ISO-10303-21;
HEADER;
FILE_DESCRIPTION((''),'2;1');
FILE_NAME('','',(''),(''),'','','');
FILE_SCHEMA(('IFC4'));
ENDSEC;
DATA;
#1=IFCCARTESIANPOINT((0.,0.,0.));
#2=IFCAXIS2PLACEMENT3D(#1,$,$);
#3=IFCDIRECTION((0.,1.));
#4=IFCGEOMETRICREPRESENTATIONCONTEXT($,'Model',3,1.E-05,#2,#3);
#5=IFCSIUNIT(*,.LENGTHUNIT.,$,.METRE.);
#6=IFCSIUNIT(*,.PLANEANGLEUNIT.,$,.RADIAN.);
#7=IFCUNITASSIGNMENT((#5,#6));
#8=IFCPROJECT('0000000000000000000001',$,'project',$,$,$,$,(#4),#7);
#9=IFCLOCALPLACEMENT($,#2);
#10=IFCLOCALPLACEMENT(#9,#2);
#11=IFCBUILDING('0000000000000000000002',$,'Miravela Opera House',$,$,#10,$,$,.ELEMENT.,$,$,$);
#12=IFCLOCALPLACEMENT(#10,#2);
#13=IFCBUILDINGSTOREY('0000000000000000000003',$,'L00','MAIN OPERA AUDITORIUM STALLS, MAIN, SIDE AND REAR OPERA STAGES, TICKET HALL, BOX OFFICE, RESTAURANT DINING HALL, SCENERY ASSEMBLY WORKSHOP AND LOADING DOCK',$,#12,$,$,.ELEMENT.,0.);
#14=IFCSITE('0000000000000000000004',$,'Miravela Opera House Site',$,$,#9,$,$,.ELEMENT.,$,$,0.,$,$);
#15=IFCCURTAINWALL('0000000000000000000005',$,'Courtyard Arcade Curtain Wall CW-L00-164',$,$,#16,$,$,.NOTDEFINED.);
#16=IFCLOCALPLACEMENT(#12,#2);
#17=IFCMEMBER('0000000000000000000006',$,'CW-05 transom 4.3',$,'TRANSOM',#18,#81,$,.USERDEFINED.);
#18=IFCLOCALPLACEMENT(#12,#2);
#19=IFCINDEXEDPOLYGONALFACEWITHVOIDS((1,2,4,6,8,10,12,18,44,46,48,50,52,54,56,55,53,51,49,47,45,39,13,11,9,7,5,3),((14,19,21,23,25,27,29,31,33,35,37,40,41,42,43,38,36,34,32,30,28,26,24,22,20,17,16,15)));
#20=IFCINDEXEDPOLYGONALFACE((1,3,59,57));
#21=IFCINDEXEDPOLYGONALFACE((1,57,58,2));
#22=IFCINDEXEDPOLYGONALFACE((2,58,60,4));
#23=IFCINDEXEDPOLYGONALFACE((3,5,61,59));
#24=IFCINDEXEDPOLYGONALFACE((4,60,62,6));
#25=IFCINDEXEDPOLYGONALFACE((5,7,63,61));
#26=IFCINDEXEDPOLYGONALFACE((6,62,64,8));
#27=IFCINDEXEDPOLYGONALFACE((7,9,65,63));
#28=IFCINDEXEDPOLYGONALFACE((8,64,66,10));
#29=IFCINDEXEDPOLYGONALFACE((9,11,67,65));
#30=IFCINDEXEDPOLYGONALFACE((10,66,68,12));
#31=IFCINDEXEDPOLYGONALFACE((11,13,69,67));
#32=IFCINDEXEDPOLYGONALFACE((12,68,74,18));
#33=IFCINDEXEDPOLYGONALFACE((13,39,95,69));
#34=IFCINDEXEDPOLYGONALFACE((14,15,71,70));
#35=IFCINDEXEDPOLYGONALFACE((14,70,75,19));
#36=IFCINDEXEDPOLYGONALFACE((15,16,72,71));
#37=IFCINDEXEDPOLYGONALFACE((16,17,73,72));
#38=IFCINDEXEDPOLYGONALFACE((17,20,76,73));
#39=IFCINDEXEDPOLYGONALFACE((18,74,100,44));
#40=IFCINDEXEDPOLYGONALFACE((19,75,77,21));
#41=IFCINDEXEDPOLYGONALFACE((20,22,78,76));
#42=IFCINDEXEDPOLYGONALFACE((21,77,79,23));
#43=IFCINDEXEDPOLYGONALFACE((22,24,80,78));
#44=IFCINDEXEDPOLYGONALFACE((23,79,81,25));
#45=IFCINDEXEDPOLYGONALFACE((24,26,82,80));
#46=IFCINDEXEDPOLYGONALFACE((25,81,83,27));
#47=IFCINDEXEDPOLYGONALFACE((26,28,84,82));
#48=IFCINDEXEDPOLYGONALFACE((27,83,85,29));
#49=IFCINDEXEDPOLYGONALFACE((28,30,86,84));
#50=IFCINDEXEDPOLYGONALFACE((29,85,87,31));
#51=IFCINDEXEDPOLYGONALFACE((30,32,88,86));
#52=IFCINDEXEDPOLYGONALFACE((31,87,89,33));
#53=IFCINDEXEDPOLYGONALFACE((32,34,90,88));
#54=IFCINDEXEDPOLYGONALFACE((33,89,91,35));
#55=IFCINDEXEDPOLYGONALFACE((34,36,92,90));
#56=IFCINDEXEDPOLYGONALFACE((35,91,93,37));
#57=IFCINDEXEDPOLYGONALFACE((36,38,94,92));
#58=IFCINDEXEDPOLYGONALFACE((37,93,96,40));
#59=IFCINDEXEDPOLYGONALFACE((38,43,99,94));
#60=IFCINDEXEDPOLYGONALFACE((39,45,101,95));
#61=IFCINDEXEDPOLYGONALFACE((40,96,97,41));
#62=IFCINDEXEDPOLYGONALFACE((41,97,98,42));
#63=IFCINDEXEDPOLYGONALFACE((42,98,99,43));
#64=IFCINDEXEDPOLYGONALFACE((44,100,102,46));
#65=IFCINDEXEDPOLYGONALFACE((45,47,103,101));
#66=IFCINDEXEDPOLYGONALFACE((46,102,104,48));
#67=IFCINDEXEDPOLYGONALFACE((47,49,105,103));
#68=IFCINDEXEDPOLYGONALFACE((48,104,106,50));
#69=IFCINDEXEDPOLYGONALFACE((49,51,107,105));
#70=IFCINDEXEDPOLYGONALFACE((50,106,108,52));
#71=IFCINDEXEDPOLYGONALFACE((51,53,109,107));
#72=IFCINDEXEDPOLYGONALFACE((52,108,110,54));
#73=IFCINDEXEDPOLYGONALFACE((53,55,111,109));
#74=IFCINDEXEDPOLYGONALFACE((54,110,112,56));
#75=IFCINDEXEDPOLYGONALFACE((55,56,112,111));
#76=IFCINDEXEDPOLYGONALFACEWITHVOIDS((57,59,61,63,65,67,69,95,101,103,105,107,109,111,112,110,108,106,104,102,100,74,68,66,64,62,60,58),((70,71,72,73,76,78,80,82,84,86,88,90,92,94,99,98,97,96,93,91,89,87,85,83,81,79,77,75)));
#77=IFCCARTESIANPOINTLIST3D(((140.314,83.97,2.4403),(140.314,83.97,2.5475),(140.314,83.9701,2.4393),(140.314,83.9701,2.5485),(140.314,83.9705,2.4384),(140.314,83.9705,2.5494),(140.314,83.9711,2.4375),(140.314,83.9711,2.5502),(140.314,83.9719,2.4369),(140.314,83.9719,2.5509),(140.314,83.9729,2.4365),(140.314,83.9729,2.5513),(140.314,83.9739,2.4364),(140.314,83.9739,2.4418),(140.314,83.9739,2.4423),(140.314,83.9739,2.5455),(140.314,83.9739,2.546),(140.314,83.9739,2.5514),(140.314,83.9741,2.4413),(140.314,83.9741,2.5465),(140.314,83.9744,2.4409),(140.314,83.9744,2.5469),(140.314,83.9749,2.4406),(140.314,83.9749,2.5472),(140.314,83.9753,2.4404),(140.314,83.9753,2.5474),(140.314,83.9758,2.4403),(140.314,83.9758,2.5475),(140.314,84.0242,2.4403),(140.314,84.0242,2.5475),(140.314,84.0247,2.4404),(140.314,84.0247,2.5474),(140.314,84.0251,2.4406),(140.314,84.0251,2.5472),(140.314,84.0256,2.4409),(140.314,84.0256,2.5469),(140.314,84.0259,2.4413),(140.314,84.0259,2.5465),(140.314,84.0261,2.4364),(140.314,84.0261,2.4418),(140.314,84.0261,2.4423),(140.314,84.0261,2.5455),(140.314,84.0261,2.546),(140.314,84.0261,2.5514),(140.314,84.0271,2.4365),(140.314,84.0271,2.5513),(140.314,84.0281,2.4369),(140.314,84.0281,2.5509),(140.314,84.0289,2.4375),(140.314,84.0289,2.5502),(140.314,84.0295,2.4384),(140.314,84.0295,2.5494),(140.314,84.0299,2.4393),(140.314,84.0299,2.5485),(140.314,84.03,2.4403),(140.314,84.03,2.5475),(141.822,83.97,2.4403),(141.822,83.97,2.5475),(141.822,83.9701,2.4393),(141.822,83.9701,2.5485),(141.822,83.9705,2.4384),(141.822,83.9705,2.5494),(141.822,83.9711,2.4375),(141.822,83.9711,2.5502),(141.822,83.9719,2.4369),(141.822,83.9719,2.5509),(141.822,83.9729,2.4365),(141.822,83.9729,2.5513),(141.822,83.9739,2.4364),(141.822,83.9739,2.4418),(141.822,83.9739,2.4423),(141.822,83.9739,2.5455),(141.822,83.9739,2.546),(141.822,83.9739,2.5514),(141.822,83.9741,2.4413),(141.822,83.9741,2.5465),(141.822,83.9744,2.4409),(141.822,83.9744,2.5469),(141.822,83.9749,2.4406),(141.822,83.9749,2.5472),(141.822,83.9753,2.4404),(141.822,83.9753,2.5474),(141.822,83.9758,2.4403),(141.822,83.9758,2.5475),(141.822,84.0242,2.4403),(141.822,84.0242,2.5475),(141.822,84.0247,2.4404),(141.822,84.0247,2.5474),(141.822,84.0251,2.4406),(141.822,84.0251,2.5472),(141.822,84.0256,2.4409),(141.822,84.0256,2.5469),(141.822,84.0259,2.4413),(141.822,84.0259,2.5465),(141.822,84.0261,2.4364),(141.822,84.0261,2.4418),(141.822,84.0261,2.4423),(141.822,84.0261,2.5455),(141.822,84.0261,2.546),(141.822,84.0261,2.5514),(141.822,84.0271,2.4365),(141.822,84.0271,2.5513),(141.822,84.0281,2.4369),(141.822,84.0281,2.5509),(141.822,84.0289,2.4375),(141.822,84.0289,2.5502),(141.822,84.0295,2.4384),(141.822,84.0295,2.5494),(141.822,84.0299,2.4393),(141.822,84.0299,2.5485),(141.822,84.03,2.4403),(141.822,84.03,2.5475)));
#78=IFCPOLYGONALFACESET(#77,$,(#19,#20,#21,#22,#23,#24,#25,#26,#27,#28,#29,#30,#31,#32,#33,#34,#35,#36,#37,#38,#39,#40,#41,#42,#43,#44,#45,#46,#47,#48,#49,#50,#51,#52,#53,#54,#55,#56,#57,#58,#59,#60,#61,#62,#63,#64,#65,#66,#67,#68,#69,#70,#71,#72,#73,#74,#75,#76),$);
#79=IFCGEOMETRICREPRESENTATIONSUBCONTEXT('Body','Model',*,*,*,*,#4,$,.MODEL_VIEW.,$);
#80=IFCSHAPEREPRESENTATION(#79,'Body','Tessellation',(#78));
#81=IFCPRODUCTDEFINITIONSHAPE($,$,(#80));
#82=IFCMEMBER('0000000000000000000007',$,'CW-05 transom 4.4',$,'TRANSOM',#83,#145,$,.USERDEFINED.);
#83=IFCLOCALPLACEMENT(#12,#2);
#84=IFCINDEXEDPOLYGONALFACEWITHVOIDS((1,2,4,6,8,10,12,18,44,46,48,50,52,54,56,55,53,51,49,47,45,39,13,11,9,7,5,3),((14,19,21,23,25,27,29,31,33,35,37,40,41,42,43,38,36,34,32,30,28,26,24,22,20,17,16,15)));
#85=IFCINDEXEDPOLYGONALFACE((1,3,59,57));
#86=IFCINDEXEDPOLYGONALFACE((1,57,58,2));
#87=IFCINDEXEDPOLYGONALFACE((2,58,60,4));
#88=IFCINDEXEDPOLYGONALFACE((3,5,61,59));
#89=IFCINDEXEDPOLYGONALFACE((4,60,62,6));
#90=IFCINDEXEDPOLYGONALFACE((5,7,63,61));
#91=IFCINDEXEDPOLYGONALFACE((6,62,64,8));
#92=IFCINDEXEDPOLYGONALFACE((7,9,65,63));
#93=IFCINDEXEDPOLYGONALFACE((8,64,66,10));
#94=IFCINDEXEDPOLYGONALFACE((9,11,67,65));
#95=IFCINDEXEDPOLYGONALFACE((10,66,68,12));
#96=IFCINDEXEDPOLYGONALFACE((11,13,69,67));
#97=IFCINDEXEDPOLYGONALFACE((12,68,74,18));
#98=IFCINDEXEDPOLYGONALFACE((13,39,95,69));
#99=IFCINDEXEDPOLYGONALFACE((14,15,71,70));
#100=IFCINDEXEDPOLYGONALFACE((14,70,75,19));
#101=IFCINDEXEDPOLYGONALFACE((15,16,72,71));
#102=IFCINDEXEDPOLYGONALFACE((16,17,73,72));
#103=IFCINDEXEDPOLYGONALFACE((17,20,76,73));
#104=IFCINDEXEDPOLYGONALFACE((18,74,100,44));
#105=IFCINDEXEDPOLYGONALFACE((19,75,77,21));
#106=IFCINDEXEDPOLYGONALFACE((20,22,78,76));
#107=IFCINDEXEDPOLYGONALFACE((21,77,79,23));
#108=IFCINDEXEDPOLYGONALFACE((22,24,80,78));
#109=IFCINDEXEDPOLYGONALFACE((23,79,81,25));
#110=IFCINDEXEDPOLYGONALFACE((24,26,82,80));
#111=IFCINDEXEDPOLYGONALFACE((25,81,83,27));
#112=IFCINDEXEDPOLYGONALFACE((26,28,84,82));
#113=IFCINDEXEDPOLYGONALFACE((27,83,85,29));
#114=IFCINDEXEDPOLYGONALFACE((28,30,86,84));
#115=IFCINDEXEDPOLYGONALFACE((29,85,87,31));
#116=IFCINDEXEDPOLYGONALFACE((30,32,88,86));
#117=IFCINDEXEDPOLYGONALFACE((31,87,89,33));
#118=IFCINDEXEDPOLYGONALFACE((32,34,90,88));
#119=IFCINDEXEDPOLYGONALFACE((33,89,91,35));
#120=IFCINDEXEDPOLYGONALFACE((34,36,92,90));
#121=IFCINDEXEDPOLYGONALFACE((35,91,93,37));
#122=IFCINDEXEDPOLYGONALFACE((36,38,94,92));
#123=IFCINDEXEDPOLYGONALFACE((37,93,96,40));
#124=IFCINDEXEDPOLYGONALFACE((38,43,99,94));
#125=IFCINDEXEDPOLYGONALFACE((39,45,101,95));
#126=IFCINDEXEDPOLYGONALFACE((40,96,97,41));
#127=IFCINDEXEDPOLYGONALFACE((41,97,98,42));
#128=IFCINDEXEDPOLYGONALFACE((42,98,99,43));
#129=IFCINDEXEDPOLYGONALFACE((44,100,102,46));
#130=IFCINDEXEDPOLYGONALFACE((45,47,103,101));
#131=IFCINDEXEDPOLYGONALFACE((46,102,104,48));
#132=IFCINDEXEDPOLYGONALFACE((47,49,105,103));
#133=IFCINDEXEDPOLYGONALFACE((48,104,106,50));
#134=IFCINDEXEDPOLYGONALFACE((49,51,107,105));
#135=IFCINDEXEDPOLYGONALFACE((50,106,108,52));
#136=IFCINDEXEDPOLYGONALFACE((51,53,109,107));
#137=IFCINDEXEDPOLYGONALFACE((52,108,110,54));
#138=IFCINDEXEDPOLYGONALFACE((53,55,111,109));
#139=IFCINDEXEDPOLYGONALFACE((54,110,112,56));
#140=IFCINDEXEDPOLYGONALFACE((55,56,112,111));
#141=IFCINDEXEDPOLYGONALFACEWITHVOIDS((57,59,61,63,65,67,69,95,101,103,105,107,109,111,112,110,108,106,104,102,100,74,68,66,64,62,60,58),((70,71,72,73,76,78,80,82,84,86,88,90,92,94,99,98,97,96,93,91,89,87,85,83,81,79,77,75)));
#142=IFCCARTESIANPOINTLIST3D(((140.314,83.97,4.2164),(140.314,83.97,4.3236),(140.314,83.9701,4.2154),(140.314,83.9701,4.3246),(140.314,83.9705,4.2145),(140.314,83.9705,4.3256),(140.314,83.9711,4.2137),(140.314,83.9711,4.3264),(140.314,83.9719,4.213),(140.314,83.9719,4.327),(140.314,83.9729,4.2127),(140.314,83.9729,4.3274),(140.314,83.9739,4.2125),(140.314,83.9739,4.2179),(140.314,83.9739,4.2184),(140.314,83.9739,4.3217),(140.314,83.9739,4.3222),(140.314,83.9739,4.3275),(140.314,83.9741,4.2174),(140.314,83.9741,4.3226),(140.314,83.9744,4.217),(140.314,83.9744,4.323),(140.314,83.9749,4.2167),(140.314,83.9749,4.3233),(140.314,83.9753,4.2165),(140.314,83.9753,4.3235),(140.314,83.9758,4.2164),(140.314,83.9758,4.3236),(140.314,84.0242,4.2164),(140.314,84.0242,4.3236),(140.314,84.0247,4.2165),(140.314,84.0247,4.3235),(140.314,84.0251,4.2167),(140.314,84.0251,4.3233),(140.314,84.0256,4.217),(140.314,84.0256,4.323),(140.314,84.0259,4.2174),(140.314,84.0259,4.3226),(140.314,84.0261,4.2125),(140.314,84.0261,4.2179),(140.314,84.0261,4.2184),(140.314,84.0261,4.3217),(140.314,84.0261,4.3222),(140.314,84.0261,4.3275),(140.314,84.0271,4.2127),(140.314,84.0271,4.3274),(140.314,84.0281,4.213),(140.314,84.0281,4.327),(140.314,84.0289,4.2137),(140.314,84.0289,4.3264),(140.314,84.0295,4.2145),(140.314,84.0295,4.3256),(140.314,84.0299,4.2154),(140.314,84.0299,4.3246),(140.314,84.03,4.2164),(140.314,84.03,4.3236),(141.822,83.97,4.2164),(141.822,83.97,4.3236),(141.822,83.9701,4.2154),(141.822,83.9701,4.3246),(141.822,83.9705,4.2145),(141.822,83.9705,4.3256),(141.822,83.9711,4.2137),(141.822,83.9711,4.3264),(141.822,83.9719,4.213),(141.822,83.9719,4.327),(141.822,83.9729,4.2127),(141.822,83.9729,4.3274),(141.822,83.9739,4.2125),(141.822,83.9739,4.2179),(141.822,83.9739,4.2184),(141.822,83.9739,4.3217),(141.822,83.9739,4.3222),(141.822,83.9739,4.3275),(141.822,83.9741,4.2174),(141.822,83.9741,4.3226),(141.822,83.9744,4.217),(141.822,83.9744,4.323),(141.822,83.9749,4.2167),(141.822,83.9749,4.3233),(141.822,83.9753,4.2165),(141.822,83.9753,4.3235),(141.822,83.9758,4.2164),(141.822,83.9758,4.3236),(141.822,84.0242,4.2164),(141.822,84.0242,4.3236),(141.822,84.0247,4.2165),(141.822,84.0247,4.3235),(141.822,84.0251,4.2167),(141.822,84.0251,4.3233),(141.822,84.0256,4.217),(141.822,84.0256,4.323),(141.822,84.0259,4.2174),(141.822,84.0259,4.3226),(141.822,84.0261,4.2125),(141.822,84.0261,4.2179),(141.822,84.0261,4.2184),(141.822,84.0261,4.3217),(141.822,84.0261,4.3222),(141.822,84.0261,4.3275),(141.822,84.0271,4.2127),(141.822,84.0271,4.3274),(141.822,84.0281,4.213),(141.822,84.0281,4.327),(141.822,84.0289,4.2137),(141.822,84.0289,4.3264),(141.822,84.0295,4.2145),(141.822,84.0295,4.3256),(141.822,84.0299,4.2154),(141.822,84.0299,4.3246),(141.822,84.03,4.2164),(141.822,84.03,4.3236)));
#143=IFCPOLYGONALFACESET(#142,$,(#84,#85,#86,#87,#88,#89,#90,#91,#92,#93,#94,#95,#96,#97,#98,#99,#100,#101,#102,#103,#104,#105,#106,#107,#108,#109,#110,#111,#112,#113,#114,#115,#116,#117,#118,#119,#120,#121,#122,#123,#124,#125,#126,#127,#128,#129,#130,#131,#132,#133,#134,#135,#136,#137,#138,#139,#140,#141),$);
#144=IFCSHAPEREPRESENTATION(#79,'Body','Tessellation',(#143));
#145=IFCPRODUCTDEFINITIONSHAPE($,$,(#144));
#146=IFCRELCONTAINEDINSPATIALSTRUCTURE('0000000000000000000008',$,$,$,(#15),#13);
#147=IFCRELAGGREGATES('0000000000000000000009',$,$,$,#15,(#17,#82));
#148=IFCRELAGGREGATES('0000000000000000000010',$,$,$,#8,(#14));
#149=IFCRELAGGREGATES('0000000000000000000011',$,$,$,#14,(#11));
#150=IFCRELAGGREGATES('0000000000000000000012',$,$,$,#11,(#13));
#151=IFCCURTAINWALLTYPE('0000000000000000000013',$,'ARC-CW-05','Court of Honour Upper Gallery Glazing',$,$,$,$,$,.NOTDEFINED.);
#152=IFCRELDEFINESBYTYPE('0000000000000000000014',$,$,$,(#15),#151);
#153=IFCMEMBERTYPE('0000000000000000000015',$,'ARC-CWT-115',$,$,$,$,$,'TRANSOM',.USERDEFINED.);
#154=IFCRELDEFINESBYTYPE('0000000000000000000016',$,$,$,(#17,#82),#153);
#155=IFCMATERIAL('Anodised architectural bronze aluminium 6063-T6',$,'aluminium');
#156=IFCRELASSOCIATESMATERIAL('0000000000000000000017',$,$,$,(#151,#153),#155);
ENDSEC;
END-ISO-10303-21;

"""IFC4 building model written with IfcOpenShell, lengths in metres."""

from ifc_helpers import new_model, si_unit, direction, frame, origin, origin_2d, place, context, subcontext, project, spatial, hollow_rectangle, extrude, material, material_profile, profile_set, type_object, element, aggregate, save


model = new_model("IFC4")

# Units and contexts
model_context = context("Model", 3, precision=1e-05, world=origin(), true_north=direction((0.0, 1.0)))
body_context = subcontext(model_context, "Body", "Model", "MODEL_VIEW")
ifc_project = project(units=[si_unit("LENGTHUNIT", "METRE"), si_unit("PLANEANGLEUNIT", "RADIAN")], contexts=[model_context])

# Site, building, storey
site_placement = place(None, origin())
site = spatial("IfcSite", under=ifc_project, at=site_placement, Name="Miravela Opera House Site", CompositionType="ELEMENT", RefElevation=0.0)
building_placement = place(site_placement, origin())
building = spatial("IfcBuilding", under=site, at=building_placement, Name="Miravela Opera House", CompositionType="ELEMENT")
storey_placement = place(building_placement, origin())
storey = spatial("IfcBuildingStorey", under=building, at=storey_placement, Name="L00", Description="MAIN OPERA AUDITORIUM STALLS, MAIN, SIDE AND REAR OPERA STAGES, TICKET HALL, BOX OFFICE, RESTAURANT DINING HALL, SCENERY ASSEMBLY WORKSHOP AND LOADING DOCK", CompositionType="ELEMENT", Elevation=0.0)

# Curtain wall, members
ifc_material_1 = material(Name="Anodised architectural bronze aluminium 6063-T6", Category="aluminium")
curtain_wall_type = type_object("IfcCurtainWallType", Name="ARC-CW-05", Description="Court of Honour Upper Gallery Glazing", PredefinedType="NOTDEFINED", material=ifc_material_1)
curtain_wall_placement = place(storey_placement, origin())
curtain_wall = element("IfcCurtainWall", 1, at=curtain_wall_placement, inside=storey, type_object=curtain_wall_type, Name="Courtyard Arcade Curtain Wall CW-L00-164", PredefinedType="NOTDEFINED")
ifc_material_profile_1 = material_profile(ifc_material_1, hollow_rectangle(XDim=0.0601, YDim=0.115, WallThickness=0.0039, InnerFilletRadius=0.002, OuterFilletRadius=0.0039, at=origin_2d()), Name="CWT-60X115")
ifc_profile_set_1 = profile_set([ifc_material_profile_1])
member_type_1 = type_object("IfcMemberType", Name="ARC-CWT-115", ElementType="TRANSOM", PredefinedType="USERDEFINED", material=ifc_profile_set_1)
member_1_placement = place(storey_placement, frame((140.314, 84.0, 2.4939), z_axis=(1.0, 0.0, 0.0), x_axis=(0.0, 1.0, 0.0)))
member_1 = element("IfcMember", 2, at=member_1_placement, type_object=member_type_1, Name="CW-05 transom 4.3", ObjectType="TRANSOM", PredefinedType="USERDEFINED", context=body_context, shape_type="SweptSolid", body=[
    extrude(hollow_rectangle(XDim=0.0601, YDim=0.115, WallThickness=0.0039, InnerFilletRadius=0.002, OuterFilletRadius=0.0039, at=origin_2d()), origin(), (0.0, 0.0, 1.0), 1.5081),
])
member_2_placement = place(storey_placement, frame((140.314, 84.0, 4.27), z_axis=(1.0, 0.0, 0.0), x_axis=(0.0, 1.0, 0.0)))
member_2 = element("IfcMember", 3, at=member_2_placement, type_object=member_type_1, Name="CW-05 transom 4.4", ObjectType="TRANSOM", PredefinedType="USERDEFINED", context=body_context, shape_type="SweptSolid", body=[
    extrude(hollow_rectangle(XDim=0.0601, YDim=0.115, WallThickness=0.0039, InnerFilletRadius=0.002, OuterFilletRadius=0.0039, at=origin_2d()), origin(), (0.0, 0.0, 1.0), 1.5081),
])
aggregate(curtain_wall, [member_1, member_2])

save(model, "model.ifc")
